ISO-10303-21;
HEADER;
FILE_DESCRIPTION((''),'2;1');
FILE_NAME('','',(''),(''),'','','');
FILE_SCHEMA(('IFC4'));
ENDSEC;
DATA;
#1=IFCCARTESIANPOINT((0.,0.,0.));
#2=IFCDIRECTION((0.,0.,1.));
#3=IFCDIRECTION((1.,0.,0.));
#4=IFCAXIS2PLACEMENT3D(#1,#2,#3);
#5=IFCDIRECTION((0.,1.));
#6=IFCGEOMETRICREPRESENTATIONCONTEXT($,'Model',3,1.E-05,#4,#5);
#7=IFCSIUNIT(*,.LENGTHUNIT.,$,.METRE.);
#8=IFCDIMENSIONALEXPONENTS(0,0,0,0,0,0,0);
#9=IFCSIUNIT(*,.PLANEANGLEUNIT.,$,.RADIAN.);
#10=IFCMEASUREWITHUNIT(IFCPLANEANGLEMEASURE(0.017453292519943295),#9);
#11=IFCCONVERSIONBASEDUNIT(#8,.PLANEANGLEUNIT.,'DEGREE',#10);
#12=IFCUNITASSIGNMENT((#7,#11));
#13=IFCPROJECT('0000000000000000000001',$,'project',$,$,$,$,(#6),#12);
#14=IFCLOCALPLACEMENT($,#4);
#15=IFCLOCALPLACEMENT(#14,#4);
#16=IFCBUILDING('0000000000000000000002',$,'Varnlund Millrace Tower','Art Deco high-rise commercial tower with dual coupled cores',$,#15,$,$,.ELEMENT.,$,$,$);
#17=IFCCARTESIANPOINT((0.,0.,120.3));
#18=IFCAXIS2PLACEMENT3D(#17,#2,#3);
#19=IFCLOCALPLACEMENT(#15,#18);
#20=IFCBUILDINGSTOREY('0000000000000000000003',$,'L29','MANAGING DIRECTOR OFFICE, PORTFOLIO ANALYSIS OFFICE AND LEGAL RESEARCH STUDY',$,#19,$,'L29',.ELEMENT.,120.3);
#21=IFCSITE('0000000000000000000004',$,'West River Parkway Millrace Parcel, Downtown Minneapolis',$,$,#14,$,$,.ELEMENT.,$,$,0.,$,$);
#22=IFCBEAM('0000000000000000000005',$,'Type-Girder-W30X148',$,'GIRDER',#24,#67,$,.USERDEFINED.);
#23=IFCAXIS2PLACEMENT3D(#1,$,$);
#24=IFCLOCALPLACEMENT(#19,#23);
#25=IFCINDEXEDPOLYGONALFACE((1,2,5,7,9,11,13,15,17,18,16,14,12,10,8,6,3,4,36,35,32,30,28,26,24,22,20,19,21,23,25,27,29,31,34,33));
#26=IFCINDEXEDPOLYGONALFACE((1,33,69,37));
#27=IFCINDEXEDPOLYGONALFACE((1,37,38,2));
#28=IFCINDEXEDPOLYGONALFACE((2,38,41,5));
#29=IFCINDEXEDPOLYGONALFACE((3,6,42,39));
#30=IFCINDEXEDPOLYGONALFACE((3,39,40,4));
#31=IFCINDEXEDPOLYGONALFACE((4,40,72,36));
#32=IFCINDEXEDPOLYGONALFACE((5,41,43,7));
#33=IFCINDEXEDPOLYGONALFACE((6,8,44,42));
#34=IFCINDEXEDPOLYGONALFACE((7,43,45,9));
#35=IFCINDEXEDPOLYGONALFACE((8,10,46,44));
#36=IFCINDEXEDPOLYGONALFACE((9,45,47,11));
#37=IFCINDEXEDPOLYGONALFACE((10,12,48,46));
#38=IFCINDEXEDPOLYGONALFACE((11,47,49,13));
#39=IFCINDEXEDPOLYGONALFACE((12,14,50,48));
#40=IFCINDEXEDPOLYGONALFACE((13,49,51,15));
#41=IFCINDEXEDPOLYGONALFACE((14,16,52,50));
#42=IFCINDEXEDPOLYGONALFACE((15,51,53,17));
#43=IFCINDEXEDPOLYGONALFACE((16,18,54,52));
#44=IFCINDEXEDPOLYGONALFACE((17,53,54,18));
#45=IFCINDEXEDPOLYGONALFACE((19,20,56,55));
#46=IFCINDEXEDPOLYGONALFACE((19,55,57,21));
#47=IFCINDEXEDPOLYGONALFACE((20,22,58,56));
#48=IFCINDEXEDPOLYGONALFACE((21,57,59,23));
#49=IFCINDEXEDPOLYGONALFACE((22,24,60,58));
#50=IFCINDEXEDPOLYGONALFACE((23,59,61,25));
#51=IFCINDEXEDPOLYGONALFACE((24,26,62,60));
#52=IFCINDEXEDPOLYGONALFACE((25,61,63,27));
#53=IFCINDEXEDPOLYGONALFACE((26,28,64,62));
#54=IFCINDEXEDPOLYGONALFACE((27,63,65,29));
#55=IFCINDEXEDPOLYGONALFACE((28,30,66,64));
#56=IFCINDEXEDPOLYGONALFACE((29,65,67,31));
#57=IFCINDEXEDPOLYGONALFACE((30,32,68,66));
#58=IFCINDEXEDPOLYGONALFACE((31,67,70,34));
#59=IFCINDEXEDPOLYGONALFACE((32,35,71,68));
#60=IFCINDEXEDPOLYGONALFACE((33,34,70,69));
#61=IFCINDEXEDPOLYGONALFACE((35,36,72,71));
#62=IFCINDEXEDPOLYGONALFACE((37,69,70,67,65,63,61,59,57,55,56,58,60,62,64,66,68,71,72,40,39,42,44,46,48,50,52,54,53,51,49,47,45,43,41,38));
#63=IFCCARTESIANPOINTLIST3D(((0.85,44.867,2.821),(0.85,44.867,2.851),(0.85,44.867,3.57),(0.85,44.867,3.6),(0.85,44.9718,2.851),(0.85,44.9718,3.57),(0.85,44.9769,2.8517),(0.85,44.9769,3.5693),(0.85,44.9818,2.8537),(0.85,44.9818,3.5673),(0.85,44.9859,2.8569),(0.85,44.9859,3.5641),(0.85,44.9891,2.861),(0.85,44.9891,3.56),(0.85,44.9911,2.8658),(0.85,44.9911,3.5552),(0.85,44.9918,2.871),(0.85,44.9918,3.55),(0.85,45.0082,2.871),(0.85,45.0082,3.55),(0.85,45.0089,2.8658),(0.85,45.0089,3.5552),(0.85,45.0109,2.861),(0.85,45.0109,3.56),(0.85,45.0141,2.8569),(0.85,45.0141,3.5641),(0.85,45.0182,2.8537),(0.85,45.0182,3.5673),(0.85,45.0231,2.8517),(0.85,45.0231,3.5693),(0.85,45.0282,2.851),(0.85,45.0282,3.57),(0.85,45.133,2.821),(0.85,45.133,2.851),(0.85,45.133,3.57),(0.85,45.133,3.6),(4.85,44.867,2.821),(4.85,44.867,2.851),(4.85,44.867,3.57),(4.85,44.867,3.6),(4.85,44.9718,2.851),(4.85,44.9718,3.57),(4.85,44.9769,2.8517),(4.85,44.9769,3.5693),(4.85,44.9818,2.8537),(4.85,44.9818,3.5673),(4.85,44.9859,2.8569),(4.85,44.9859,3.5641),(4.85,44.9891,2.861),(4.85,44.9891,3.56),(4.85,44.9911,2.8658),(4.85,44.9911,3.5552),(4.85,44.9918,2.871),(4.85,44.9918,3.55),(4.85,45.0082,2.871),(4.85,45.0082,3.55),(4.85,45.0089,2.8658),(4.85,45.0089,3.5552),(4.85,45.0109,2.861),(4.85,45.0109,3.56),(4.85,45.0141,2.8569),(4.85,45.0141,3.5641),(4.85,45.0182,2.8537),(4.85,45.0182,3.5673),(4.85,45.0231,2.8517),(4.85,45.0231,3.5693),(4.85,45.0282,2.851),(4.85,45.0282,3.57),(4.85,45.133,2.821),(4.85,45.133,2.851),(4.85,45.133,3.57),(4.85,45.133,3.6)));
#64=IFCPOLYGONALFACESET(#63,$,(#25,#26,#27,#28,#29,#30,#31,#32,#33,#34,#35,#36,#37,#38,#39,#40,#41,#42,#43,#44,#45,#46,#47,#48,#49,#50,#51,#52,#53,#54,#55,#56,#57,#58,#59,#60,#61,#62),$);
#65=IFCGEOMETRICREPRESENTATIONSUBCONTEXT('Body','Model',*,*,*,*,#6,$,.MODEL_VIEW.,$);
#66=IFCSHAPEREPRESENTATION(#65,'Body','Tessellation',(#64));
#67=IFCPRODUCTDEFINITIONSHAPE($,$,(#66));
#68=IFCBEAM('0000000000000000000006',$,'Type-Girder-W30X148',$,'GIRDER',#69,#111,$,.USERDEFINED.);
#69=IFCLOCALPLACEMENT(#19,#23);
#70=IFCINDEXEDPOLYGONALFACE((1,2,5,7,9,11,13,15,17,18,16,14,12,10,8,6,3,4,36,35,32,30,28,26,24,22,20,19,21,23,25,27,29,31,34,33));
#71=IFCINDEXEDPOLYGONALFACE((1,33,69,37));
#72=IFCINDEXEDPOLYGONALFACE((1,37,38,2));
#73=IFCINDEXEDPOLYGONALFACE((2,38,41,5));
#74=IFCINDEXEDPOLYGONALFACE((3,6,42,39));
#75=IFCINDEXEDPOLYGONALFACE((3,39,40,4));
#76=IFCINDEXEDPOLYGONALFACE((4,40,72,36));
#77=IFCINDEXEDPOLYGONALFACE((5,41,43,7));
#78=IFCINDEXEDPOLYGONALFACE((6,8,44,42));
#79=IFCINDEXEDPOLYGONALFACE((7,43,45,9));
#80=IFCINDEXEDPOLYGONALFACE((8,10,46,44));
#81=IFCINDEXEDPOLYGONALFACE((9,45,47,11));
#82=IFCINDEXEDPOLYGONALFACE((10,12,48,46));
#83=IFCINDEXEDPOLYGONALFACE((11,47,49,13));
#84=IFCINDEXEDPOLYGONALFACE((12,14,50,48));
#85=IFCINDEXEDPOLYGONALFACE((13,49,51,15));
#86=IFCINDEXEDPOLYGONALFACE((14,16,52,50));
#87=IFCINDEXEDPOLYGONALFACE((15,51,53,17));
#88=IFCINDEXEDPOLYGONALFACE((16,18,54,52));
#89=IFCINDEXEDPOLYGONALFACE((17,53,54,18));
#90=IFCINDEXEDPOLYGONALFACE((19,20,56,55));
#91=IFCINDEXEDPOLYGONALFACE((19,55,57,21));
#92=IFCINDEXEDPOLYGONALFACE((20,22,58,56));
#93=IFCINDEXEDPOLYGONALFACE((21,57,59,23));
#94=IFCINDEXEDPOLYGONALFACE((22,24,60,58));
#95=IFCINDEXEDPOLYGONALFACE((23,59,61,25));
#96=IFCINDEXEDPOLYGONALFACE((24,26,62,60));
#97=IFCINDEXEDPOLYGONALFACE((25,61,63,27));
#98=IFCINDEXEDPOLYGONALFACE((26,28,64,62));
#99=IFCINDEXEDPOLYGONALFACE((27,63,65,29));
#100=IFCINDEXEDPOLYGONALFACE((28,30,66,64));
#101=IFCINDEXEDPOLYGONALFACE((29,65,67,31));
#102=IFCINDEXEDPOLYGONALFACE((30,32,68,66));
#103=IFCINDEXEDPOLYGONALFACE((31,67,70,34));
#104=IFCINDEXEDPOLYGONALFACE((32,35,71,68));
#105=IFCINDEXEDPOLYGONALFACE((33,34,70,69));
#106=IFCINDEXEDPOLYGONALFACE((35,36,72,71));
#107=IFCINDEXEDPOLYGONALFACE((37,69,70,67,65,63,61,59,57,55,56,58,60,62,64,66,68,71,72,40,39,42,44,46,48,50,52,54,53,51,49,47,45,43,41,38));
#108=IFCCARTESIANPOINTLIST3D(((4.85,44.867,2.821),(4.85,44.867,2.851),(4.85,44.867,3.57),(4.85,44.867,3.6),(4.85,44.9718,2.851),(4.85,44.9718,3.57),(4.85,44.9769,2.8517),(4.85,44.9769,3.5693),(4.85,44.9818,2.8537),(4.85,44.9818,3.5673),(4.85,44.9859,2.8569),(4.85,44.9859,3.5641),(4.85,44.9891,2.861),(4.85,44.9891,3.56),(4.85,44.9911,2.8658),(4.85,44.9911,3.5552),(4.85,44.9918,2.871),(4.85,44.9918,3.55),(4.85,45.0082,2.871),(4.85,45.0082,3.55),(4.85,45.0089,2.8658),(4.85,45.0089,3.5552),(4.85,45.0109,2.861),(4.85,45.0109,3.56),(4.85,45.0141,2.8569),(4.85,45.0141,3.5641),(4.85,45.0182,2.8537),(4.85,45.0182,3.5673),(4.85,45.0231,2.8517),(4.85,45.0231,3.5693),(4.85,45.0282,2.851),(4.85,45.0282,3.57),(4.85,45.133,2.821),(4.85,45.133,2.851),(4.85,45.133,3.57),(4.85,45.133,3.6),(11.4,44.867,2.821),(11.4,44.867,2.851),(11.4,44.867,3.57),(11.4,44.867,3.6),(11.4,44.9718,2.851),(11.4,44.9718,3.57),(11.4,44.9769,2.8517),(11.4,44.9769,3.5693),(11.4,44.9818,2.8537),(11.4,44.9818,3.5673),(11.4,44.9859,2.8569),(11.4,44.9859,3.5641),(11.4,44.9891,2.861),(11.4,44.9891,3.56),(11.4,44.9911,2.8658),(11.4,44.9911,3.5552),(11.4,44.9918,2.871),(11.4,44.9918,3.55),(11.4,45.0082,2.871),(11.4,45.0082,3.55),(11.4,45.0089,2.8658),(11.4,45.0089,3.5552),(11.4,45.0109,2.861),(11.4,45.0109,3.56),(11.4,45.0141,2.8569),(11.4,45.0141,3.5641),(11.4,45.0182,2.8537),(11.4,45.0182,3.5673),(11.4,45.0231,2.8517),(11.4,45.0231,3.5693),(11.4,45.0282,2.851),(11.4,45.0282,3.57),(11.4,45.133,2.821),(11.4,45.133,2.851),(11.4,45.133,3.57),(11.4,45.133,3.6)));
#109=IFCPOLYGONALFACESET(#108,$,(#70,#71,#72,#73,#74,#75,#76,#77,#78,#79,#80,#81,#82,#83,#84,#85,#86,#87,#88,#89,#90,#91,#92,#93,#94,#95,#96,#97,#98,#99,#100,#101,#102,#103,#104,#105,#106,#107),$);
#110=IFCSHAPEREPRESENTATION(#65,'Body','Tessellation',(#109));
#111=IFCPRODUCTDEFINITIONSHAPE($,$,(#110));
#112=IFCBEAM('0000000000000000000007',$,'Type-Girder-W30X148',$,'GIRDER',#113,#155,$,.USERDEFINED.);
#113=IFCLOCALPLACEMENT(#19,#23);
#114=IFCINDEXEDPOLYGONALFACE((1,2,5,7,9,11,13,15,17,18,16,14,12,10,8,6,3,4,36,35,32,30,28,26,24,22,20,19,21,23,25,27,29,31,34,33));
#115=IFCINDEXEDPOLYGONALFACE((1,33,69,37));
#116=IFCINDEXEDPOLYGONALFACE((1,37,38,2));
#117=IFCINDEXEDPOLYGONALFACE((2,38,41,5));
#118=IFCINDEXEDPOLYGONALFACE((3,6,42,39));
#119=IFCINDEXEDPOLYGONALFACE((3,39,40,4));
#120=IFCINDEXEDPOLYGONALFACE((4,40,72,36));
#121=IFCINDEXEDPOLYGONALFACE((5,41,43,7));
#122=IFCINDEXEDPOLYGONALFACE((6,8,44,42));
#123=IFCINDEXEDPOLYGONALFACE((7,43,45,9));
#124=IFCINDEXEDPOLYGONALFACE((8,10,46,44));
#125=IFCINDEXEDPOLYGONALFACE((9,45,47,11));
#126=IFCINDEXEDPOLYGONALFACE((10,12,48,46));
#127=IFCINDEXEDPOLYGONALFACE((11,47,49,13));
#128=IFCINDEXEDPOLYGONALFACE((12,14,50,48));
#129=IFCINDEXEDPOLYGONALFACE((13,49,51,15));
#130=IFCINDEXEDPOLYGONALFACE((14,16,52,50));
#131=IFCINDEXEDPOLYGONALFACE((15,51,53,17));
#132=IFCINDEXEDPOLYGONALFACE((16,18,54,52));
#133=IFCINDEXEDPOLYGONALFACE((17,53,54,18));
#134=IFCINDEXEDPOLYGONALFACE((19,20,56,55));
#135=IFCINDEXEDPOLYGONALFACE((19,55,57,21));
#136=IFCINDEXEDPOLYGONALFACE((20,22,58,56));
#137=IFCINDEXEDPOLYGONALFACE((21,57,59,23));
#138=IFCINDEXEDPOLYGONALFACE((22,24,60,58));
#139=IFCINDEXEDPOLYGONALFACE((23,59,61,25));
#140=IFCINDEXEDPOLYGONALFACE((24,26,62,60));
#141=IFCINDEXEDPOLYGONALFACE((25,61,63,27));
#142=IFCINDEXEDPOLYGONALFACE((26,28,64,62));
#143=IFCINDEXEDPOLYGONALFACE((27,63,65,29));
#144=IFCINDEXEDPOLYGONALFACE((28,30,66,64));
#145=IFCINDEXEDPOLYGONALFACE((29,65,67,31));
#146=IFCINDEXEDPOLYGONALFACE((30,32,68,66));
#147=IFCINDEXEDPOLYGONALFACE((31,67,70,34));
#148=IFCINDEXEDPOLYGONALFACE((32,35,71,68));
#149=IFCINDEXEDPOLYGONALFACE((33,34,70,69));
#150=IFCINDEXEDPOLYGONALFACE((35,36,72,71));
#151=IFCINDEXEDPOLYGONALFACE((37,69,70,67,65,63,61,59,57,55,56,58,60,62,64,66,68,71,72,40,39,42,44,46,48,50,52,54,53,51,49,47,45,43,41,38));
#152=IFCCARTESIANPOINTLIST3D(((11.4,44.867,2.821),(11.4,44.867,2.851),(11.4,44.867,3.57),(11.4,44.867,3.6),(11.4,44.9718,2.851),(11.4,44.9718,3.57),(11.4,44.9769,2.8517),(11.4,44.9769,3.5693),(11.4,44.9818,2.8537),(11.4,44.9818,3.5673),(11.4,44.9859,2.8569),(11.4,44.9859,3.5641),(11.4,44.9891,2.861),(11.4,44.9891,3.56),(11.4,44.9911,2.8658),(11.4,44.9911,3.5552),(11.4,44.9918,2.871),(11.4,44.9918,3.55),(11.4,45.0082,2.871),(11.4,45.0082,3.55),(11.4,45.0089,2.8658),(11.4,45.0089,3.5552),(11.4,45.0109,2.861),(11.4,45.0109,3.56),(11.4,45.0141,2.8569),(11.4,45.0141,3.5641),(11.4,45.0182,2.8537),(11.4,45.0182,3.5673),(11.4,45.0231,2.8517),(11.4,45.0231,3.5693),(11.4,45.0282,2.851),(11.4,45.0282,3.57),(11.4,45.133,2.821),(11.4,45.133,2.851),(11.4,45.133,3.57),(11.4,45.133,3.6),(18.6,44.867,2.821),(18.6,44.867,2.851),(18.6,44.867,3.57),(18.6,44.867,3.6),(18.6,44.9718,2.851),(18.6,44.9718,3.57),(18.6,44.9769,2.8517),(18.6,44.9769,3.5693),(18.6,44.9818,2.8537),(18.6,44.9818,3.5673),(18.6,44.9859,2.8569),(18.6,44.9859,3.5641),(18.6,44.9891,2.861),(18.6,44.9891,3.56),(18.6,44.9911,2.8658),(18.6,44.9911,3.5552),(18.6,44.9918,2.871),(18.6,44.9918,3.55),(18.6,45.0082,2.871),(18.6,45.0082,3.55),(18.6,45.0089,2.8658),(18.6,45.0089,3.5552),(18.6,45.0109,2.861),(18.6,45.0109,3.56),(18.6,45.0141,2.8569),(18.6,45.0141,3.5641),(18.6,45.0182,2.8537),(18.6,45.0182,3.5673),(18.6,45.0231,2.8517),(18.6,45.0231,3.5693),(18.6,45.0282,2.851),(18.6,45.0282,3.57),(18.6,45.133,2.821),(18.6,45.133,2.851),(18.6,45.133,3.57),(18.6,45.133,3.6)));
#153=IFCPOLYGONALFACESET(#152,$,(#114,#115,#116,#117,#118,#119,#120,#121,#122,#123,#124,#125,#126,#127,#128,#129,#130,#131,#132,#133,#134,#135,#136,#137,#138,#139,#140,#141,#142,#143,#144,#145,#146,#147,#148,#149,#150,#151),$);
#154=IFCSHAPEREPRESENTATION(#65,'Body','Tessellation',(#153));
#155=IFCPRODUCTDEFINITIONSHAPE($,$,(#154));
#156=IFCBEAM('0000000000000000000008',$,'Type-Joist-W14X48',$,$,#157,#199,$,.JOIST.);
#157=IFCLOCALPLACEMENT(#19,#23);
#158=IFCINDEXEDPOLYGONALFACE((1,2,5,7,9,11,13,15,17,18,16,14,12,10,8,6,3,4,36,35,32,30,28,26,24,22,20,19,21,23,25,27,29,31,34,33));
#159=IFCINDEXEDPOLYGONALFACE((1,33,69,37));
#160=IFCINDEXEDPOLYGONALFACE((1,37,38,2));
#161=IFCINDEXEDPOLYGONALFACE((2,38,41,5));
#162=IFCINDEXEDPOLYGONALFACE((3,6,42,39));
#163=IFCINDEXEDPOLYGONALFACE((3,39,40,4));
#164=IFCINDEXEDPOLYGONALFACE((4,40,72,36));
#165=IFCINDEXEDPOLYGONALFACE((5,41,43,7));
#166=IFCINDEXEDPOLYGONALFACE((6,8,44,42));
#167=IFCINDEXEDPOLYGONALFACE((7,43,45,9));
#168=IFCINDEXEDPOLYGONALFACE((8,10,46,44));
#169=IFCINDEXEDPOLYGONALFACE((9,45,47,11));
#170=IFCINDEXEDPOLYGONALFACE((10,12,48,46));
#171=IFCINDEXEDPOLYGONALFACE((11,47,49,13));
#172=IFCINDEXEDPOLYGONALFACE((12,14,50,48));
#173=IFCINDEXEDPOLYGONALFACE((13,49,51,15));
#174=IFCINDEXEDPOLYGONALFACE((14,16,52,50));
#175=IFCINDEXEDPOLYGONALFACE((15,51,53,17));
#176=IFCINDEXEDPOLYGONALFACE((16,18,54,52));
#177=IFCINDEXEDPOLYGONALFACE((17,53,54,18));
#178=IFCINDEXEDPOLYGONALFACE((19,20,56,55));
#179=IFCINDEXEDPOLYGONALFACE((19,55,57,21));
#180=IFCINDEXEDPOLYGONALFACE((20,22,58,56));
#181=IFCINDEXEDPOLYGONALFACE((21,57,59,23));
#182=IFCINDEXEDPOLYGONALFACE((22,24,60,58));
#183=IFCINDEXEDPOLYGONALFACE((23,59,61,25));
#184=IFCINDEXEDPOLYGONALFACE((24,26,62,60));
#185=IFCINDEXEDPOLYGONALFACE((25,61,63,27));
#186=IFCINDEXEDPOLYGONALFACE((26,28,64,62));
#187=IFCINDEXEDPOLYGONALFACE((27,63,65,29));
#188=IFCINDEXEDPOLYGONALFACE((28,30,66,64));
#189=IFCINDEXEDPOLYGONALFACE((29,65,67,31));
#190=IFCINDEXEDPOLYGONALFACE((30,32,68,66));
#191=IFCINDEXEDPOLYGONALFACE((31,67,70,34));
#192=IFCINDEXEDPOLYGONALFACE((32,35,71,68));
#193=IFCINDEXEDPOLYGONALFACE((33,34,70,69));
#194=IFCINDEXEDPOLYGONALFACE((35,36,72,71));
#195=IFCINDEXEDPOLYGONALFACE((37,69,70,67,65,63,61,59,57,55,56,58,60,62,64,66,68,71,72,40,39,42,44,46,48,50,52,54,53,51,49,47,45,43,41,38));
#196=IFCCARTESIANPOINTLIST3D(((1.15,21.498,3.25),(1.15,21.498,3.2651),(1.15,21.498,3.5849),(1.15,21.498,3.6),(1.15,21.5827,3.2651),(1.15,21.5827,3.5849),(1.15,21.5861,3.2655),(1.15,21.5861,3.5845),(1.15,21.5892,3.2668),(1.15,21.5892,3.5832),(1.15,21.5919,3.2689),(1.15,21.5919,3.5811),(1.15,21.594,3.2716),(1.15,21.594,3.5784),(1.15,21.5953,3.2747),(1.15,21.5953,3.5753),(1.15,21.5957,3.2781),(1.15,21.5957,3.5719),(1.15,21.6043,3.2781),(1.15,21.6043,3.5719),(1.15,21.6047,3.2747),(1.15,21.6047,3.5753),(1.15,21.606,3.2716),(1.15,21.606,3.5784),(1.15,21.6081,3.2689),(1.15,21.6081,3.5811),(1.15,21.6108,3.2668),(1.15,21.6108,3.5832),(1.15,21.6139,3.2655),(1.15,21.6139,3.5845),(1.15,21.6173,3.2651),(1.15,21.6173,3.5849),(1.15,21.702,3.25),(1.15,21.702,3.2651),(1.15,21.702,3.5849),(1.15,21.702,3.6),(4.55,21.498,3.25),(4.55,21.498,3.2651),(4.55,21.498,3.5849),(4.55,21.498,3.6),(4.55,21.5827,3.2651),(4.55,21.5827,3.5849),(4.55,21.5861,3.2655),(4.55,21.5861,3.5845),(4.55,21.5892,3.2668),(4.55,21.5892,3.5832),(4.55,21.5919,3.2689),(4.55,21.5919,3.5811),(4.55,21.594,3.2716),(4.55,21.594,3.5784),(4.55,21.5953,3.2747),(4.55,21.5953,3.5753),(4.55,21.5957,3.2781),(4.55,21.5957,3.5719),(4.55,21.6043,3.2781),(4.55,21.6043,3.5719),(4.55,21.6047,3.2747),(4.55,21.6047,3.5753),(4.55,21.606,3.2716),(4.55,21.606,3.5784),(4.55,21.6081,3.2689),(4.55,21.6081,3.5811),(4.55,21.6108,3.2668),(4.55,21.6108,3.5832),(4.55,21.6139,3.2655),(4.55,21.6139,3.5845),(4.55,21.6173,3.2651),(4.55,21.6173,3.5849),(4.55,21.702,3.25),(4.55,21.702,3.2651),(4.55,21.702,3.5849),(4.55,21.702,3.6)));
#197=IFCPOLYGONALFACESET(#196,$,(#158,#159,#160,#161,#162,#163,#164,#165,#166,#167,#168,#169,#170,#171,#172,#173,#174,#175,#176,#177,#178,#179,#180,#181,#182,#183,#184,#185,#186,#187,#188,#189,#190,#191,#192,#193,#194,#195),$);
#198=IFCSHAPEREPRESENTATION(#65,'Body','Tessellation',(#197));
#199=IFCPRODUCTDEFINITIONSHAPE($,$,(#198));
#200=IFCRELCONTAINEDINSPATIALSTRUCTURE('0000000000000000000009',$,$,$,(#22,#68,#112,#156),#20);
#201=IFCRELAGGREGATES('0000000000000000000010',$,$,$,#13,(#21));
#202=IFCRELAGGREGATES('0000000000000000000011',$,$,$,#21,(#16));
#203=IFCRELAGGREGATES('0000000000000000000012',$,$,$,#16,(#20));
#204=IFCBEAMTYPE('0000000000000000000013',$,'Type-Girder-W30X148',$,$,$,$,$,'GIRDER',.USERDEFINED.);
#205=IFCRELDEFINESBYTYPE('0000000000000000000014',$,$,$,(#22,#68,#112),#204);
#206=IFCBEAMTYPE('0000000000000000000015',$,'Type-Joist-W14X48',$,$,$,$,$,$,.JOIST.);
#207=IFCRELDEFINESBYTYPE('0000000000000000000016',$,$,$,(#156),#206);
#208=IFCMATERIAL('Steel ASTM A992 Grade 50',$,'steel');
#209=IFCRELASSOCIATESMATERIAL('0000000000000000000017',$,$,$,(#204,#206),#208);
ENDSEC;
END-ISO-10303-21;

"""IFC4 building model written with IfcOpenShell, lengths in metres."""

from ifc_helpers import new_model, entity, si_unit, converted_unit, direction, frame, origin_with_axes, origin_2d_with_axis, place, context, subcontext, project, spatial, i_section, extrude, material, material_profile, profile_set, type_object, element, save


model = new_model("IFC4")

# Units and contexts
model_context = context("Model", 3, precision=1e-05, world=origin_with_axes(), true_north=direction((0.0, 1.0)))
body_context = subcontext(model_context, "Body", "Model", "MODEL_VIEW")
ifc_project = project(units=[si_unit("LENGTHUNIT", "METRE"), converted_unit("PLANEANGLEUNIT", "DEGREE", entity("IfcPlaneAngleMeasure", 0.017453292519943295), si_unit("PLANEANGLEUNIT", "RADIAN"), dimensions=[0, 0, 0, 0, 0, 0, 0])], contexts=[model_context])

# Site, building, storey
site_placement = place(None, origin_with_axes())
site = spatial("IfcSite", under=ifc_project, at=site_placement, Name="West River Parkway Millrace Parcel, Downtown Minneapolis", CompositionType="ELEMENT", RefElevation=0.0)
building_placement = place(site_placement, origin_with_axes())
building = spatial("IfcBuilding", under=site, at=building_placement, Name="Varnlund Millrace Tower", Description="Art Deco high-rise commercial tower with dual coupled cores", CompositionType="ELEMENT")
storey_placement = place(building_placement, frame((0.0, 0.0, 120.3), z_axis=(0.0, 0.0, 1.0), x_axis=(1.0, 0.0, 0.0)))
storey = spatial("IfcBuildingStorey", under=building, at=storey_placement, Name="L29", Description="MANAGING DIRECTOR OFFICE, PORTFOLIO ANALYSIS OFFICE AND LEGAL RESEARCH STUDY", LongName="L29", CompositionType="ELEMENT", Elevation=120.3)

# Beams
ifc_material_1 = material(Name="Steel ASTM A992 Grade 50", Category="steel")
ifc_material_profile_1 = material_profile(ifc_material_1, i_section(OverallWidth=0.266, OverallDepth=0.779, WebThickness=0.0165, FlangeThickness=0.03, FilletRadius=0.02, at=origin_2d_with_axis()), Name="Steel ASTM A992 Grade 50")
ifc_profile_set_1 = profile_set([ifc_material_profile_1], Name="Steel ASTM A992 Grade 50")
beam_type_1 = type_object("IfcBeamType", Name="Type-Girder-W30X148", ElementType="GIRDER", PredefinedType="USERDEFINED", material=ifc_profile_set_1)
beam_1_placement = place(storey_placement, frame((0.85, 45.0, 3.2105), z_axis=(1.0, 0.0, 0.0), x_axis=(0.0, 1.0, 0.0)))
element("IfcBeam", 1, at=beam_1_placement, inside=storey, type_object=beam_type_1, Name="Type-Girder-W30X148", ObjectType="GIRDER", PredefinedType="USERDEFINED", context=body_context, shape_type="SweptSolid", body=[
    extrude(i_section(OverallWidth=0.266, OverallDepth=0.779, WebThickness=0.0165, FlangeThickness=0.03, FilletRadius=0.02, at=origin_2d_with_axis()), origin_with_axes(), (0.0, 0.0, 1.0), 4.0),
])
beam_2_placement = place(storey_placement, frame((4.85, 45.0, 3.2105), z_axis=(1.0, 0.0, 0.0), x_axis=(0.0, 1.0, 0.0)))
element("IfcBeam", 2, at=beam_2_placement, inside=storey, type_object=beam_type_1, Name="Type-Girder-W30X148", ObjectType="GIRDER", PredefinedType="USERDEFINED", context=body_context, shape_type="SweptSolid", body=[
    extrude(i_section(OverallWidth=0.266, OverallDepth=0.779, WebThickness=0.0165, FlangeThickness=0.03, FilletRadius=0.02, at=origin_2d_with_axis()), origin_with_axes(), (0.0, 0.0, 1.0), 6.55),
])
beam_3_placement = place(storey_placement, frame((11.4, 45.0, 3.2105), z_axis=(1.0, 0.0, 0.0), x_axis=(0.0, 1.0, 0.0)))
element("IfcBeam", 3, at=beam_3_placement, inside=storey, type_object=beam_type_1, Name="Type-Girder-W30X148", ObjectType="GIRDER", PredefinedType="USERDEFINED", context=body_context, shape_type="SweptSolid", body=[
    extrude(i_section(OverallWidth=0.266, OverallDepth=0.779, WebThickness=0.0165, FlangeThickness=0.03, FilletRadius=0.02, at=origin_2d_with_axis()), origin_with_axes(), (0.0, 0.0, 1.0), 7.2),
])
ifc_material_profile_2 = material_profile(ifc_material_1, i_section(OverallWidth=0.204, OverallDepth=0.35, WebThickness=0.0086, FlangeThickness=0.0151, FilletRadius=0.013, at=origin_2d_with_axis()), Name="Steel ASTM A992 Grade 50")
ifc_profile_set_2 = profile_set([ifc_material_profile_2], Name="Steel ASTM A992 Grade 50")
beam_type_2 = type_object("IfcBeamType", Name="Type-Joist-W14X48", PredefinedType="JOIST", material=ifc_profile_set_2)
for number, where, z_axis, x_axis, name in (
    (4, (1.15, 21.6, 3.425), (1.0, 0.0, 0.0), (0.0, 1.0, 0.0), "Type-Joist-W14X48"),
):
    element("IfcBeam", number, at=place(storey_placement, frame(where, z_axis=z_axis, x_axis=x_axis)), inside=storey, type_object=beam_type_2, Name=name, PredefinedType="JOIST", context=body_context, shape_type="SweptSolid", body=[
        extrude(i_section(OverallWidth=0.204, OverallDepth=0.35, WebThickness=0.0086, FlangeThickness=0.0151, FilletRadius=0.013, at=origin_2d_with_axis()), origin_with_axes(), (0.0, 0.0, 1.0), 3.4),
    ])

save(model, "model.ifc")
